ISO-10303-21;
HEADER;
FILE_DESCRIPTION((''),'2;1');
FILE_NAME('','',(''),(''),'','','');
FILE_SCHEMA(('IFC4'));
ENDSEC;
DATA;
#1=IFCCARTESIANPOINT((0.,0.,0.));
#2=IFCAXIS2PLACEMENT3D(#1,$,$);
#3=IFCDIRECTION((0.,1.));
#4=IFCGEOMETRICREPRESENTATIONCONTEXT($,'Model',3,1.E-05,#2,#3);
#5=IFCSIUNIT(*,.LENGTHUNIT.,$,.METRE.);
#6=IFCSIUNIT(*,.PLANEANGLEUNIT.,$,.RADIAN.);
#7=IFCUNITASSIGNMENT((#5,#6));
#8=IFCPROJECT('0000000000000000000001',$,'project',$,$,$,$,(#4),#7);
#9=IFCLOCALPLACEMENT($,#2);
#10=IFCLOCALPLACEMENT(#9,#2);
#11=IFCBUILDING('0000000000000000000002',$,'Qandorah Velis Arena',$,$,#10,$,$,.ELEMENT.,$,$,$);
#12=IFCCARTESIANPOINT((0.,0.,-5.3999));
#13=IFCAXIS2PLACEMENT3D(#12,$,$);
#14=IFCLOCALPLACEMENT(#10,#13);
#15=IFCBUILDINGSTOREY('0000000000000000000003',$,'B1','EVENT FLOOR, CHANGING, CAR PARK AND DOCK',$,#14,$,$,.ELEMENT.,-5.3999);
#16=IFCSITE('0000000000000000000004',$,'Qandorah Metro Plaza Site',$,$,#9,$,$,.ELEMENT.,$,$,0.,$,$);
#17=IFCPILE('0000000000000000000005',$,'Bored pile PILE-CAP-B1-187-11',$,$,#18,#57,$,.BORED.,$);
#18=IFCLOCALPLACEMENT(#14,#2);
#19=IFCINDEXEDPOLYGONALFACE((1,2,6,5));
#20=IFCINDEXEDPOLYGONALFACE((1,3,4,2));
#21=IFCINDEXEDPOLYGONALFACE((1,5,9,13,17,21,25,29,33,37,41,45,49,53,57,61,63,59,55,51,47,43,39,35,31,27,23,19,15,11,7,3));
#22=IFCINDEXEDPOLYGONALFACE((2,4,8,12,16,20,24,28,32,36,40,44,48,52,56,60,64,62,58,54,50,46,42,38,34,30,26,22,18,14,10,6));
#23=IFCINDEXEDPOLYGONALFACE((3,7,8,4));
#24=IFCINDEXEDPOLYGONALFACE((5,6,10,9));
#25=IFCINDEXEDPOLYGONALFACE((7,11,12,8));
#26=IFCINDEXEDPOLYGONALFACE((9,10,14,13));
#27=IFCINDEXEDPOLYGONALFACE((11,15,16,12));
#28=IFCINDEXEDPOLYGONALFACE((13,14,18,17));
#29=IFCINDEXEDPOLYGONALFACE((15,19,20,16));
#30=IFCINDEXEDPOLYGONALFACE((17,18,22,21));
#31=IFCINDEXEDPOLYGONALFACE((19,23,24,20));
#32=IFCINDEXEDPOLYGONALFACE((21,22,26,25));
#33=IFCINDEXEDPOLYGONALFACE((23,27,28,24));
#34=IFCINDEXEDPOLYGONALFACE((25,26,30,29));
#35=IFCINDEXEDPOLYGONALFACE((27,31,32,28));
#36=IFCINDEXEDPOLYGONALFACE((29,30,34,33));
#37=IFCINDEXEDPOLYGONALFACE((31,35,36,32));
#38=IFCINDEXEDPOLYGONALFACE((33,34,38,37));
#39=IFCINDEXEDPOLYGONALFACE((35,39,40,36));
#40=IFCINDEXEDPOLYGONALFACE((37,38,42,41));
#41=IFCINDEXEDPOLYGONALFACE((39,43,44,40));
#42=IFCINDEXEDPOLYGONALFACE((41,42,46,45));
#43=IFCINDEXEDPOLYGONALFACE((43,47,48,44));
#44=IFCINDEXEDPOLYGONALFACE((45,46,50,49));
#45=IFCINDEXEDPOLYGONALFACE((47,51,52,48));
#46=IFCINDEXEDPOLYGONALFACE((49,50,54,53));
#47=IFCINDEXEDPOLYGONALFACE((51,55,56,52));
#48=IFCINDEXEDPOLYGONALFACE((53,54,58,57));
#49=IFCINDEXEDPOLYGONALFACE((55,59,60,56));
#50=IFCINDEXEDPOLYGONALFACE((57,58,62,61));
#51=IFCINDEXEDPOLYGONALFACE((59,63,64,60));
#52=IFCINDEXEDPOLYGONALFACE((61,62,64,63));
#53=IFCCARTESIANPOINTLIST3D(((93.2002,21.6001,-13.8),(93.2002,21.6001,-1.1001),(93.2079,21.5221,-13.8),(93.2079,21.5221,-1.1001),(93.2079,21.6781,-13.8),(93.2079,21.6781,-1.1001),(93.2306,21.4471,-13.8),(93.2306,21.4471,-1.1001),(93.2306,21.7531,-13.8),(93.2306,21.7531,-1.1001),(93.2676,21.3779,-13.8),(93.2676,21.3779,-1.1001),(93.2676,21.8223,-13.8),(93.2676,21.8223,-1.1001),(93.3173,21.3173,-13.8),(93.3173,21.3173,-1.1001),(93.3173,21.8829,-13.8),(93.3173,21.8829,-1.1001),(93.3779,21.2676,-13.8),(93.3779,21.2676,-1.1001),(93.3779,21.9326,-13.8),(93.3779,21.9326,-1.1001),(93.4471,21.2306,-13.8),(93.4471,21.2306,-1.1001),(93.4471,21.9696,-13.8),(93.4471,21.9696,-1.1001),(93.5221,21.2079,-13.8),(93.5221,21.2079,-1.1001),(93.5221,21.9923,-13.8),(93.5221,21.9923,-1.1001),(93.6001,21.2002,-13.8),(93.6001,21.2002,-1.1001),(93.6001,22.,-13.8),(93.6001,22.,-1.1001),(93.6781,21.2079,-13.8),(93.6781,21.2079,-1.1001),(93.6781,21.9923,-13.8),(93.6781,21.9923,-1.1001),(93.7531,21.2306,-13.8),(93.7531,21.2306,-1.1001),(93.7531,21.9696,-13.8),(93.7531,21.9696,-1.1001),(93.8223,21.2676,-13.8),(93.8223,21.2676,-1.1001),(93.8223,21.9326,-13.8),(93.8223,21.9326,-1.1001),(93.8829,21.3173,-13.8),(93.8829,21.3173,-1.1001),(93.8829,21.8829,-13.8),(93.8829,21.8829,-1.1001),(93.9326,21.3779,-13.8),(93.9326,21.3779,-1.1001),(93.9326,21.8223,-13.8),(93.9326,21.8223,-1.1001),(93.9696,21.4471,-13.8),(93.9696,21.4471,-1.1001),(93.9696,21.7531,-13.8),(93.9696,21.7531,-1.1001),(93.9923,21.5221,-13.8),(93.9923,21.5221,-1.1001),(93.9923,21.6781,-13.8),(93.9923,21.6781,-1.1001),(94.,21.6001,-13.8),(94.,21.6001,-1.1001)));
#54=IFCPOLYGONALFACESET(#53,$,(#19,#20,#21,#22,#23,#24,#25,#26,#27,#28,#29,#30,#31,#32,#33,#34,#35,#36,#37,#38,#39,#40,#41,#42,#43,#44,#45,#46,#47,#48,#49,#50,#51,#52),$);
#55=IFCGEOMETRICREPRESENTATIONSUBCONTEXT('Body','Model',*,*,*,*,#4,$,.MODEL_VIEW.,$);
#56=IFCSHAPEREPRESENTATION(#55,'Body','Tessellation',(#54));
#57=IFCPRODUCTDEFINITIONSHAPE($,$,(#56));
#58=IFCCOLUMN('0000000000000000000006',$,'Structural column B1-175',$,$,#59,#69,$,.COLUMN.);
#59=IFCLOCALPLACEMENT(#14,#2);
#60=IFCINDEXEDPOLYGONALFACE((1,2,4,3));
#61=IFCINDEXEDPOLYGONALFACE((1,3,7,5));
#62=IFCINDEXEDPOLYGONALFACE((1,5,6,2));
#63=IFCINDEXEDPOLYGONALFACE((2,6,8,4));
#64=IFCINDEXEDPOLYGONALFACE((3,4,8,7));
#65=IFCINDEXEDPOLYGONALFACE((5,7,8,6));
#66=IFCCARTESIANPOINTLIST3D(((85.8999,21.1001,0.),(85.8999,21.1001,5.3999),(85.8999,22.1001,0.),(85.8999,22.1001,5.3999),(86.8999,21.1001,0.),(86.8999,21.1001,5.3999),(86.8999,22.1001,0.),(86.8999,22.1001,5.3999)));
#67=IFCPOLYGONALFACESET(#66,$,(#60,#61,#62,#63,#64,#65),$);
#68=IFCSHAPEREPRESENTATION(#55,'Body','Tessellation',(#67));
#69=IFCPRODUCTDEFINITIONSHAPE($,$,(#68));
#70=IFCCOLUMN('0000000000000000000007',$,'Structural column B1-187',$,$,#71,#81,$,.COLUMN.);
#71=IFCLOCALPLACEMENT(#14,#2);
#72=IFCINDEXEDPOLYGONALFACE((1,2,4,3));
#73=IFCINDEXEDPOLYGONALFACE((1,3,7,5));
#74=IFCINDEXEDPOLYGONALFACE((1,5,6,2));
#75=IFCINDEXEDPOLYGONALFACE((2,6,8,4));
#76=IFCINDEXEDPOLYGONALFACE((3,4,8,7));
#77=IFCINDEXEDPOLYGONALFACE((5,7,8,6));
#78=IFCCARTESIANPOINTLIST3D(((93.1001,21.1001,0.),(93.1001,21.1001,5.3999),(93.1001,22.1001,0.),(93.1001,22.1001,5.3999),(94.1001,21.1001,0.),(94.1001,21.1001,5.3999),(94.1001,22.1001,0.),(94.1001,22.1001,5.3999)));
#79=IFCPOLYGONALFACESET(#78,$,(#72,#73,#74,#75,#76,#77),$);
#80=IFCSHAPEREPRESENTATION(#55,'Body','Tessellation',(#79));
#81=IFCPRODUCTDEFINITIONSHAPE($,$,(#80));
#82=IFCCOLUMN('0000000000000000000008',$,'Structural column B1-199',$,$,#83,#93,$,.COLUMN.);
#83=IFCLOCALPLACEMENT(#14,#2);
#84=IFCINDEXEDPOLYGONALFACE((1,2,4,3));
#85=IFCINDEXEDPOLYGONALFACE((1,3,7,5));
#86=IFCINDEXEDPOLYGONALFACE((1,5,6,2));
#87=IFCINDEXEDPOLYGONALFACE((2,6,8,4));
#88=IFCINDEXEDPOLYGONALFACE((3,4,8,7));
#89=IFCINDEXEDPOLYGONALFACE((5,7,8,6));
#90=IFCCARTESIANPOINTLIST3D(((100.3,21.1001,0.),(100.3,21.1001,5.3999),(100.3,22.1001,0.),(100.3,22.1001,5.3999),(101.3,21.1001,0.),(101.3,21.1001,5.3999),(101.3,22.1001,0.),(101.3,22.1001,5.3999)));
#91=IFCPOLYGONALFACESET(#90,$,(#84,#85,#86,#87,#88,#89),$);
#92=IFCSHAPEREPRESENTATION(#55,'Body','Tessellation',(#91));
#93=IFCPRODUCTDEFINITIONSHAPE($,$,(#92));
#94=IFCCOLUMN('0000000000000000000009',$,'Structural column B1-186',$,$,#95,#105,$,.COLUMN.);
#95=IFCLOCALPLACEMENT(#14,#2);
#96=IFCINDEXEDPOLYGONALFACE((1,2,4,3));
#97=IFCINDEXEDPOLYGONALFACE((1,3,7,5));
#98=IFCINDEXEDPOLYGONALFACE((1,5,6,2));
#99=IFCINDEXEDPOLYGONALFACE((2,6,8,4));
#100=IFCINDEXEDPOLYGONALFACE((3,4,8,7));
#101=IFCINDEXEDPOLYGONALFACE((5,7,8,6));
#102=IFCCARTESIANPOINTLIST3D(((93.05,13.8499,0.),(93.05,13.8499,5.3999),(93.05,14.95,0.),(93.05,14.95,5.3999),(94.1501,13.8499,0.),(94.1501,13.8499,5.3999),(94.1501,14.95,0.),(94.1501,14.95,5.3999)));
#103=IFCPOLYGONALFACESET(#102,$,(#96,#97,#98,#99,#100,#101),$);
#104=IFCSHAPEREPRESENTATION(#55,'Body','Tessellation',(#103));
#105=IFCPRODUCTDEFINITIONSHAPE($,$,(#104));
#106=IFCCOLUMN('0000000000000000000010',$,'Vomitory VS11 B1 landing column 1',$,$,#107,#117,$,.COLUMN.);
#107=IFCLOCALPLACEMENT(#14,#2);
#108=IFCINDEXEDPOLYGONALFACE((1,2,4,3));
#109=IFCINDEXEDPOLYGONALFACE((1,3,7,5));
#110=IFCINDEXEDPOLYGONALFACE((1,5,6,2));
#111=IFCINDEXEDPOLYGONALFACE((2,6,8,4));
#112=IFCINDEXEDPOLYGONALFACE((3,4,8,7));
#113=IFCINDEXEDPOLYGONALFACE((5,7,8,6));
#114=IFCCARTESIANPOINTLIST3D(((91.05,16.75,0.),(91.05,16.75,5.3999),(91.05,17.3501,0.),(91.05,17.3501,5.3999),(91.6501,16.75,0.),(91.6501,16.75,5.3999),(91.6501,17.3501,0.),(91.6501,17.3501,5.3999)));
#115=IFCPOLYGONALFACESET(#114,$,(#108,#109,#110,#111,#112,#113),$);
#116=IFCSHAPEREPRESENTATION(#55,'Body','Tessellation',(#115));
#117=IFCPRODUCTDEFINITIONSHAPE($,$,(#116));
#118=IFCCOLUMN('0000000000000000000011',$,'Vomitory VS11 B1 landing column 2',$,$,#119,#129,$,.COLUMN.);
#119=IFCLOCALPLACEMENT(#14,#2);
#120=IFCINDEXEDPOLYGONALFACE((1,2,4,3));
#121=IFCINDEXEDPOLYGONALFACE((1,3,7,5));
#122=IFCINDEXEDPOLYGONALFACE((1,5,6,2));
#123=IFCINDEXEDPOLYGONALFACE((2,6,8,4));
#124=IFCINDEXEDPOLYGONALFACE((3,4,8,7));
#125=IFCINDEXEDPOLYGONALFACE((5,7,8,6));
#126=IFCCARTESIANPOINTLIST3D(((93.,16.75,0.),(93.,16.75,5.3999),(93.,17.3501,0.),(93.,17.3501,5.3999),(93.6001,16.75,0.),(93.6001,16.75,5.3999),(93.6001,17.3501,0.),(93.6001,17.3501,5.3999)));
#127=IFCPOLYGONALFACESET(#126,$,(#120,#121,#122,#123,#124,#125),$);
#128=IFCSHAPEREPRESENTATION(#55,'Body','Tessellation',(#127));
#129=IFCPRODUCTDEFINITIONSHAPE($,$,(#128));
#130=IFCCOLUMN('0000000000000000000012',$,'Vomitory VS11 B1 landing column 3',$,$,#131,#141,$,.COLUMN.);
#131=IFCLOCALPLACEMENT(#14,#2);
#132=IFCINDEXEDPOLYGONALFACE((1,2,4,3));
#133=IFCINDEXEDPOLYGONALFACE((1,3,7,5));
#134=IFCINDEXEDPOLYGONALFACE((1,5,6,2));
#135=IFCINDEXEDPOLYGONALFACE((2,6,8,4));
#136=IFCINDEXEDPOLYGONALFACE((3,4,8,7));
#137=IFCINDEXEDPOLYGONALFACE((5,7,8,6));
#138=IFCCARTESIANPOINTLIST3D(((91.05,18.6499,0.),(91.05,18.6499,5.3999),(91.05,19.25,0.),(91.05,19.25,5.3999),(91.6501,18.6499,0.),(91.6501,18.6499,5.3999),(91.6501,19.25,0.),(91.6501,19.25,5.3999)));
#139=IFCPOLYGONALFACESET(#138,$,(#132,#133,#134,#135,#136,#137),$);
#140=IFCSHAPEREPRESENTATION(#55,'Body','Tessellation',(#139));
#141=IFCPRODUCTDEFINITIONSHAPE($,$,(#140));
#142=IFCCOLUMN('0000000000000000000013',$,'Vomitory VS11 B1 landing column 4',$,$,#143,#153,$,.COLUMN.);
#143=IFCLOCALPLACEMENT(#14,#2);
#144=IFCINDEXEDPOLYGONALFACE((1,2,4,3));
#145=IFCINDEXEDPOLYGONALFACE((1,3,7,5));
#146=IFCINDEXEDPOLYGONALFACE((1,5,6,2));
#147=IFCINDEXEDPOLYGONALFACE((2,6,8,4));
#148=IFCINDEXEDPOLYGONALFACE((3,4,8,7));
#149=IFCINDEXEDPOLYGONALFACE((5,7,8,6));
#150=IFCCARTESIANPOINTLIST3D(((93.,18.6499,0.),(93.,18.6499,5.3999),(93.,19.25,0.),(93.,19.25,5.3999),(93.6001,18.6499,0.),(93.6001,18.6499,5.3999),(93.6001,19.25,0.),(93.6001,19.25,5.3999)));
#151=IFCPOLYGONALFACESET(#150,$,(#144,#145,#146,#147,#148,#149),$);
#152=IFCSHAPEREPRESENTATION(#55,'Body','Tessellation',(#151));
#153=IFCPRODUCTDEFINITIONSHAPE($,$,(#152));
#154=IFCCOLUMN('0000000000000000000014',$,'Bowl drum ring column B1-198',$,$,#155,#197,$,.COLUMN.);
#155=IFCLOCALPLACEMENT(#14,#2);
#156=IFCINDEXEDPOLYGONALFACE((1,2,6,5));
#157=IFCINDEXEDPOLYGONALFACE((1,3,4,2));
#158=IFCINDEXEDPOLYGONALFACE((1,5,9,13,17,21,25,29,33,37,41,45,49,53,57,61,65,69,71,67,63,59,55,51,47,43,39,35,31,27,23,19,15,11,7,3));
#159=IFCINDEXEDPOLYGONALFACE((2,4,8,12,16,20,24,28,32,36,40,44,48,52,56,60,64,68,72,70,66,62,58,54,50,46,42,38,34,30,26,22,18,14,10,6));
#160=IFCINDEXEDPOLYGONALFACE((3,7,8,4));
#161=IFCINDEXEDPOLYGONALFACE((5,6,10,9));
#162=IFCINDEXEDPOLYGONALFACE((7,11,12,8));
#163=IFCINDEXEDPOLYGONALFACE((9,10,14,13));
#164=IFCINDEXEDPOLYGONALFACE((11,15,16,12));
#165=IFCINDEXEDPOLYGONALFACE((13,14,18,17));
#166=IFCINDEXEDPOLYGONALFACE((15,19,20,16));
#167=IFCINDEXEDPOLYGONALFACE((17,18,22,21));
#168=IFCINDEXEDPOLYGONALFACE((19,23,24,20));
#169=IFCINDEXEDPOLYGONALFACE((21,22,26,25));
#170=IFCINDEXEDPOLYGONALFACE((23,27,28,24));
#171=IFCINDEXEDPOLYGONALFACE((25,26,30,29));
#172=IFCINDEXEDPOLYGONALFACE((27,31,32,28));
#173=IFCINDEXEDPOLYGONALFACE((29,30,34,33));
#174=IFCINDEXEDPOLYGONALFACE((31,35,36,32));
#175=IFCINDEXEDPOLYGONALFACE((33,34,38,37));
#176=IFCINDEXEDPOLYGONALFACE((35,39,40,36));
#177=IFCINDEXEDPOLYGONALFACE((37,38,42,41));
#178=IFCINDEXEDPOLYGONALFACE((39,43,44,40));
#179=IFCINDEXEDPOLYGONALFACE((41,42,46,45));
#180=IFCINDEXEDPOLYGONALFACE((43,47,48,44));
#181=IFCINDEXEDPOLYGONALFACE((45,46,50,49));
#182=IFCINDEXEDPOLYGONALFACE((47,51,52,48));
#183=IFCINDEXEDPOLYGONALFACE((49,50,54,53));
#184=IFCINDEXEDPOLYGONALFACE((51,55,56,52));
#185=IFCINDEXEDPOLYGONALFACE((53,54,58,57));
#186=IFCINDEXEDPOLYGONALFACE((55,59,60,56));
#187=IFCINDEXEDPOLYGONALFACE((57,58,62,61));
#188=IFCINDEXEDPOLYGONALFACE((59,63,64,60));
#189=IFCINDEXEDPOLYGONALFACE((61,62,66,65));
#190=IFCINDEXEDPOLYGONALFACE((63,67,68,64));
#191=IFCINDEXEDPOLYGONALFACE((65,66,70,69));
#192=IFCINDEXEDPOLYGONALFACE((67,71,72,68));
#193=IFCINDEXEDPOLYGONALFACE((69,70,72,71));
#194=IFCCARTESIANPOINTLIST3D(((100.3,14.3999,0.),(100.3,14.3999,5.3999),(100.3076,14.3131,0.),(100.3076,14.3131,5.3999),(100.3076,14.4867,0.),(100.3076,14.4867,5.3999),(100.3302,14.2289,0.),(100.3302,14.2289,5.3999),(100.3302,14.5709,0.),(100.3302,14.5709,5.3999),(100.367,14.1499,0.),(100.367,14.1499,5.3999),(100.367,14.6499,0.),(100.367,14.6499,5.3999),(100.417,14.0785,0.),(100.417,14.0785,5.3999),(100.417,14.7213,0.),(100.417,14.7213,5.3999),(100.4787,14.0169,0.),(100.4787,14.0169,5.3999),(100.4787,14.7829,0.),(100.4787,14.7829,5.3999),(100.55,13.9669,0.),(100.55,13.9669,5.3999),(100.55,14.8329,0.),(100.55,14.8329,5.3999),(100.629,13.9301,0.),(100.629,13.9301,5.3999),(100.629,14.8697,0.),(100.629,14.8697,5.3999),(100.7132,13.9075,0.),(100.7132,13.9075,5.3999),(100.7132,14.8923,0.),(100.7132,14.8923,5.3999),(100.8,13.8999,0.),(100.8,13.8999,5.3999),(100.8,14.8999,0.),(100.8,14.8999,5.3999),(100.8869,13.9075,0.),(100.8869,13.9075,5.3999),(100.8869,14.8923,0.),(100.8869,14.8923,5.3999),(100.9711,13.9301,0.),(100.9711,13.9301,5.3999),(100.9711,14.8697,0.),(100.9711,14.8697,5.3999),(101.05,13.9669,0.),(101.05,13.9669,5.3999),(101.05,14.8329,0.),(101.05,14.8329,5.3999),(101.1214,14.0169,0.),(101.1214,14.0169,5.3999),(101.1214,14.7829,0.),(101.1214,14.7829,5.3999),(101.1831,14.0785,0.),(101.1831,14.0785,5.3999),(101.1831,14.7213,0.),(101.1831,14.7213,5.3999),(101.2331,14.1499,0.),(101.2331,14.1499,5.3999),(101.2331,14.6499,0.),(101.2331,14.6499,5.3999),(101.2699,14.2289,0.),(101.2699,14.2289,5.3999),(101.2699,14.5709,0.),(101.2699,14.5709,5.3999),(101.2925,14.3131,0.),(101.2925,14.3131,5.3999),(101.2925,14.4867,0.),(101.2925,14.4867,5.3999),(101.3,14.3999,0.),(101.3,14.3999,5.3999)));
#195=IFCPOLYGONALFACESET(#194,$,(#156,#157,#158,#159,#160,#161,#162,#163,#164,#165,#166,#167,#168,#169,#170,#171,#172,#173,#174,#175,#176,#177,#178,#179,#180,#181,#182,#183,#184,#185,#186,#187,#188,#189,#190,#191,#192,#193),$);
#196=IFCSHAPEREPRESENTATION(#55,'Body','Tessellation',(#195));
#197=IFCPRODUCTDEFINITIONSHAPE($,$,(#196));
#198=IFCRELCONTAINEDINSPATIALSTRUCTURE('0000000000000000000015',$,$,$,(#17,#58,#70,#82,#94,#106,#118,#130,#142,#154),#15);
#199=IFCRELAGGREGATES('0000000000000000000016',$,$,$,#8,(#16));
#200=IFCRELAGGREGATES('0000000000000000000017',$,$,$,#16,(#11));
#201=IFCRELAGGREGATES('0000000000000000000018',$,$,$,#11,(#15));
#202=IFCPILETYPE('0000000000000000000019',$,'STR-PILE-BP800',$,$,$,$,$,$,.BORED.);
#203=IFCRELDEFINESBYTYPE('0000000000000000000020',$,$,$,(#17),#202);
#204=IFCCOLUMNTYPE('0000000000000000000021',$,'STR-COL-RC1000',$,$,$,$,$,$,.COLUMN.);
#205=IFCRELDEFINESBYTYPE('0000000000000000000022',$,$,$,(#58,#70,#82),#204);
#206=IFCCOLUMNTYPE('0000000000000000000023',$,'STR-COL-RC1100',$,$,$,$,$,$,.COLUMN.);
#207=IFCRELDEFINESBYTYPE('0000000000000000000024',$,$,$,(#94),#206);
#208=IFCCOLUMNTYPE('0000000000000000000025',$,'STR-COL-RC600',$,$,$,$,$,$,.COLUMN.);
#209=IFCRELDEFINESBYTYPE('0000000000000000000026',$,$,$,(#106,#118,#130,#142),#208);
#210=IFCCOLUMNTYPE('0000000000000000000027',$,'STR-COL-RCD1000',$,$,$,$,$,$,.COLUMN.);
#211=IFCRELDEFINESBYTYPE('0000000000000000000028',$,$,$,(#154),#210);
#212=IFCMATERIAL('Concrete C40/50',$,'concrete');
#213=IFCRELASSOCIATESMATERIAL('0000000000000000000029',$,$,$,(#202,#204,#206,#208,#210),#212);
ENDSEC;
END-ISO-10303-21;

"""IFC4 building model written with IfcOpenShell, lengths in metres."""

from ifc_helpers import new_model, si_unit, direction, frame, origin, origin_2d, place, context, subcontext, project, spatial, rectangle, circle, extrude, material, material_profile, profile_set, type_object, element, save


model = new_model("IFC4")

# Units and contexts
model_context = context("Model", 3, precision=1e-05, world=origin(), true_north=direction((0.0, 1.0)))
body_context = subcontext(model_context, "Body", "Model", "MODEL_VIEW")
ifc_project = project(units=[si_unit("LENGTHUNIT", "METRE"), si_unit("PLANEANGLEUNIT", "RADIAN")], contexts=[model_context])

# Site, building, storey
site_placement = place(None, origin())
site = spatial("IfcSite", under=ifc_project, at=site_placement, Name="Qandorah Metro Plaza Site", CompositionType="ELEMENT", RefElevation=0.0)
building_placement = place(site_placement, origin())
building = spatial("IfcBuilding", under=site, at=building_placement, Name="Qandorah Velis Arena", CompositionType="ELEMENT")
storey_placement = place(building_placement, frame((0.0, 0.0, -5.3999)))
storey = spatial("IfcBuildingStorey", under=building, at=storey_placement, Name="B1", Description="EVENT FLOOR, CHANGING, CAR PARK AND DOCK", CompositionType="ELEMENT", Elevation=-5.3999)

# Shared definitions
ifc_material_1 = material(Name="Concrete C40/50", Category="concrete")

# Pile
ifc_material_profile_1 = material_profile(ifc_material_1, circle(Radius=0.3999, at=origin_2d()), Name="BORED PILE D800")
ifc_profile_set_1 = profile_set([ifc_material_profile_1], Name="Concrete C40/50")
pile_type_1 = type_object("IfcPileType", Name="STR-PILE-BP800", PredefinedType="BORED", material=ifc_profile_set_1)
pile_1_placement = place(storey_placement, frame((93.6001, 21.6001, -1.1001), z_axis=(0.0, 0.0, -1.0), x_axis=(1.0, 0.0, 0.0)))
element("IfcPile", 1, at=pile_1_placement, inside=storey, type_object=pile_type_1, Name="Bored pile PILE-CAP-B1-187-11", PredefinedType="BORED", context=body_context, shape_type="SweptSolid", body=[
    extrude(circle(Radius=0.3999, at=origin_2d()), origin(), (0.0, 0.0, 1.0), 12.7),
])

# Columns
ifc_material_profile_2 = material_profile(ifc_material_1, rectangle(XDim=1.0, YDim=1.0, at=origin_2d()), Name="RC COL 1000x1000")
ifc_profile_set_2 = profile_set([ifc_material_profile_2], Name="Concrete C40/50")
column_type_1 = type_object("IfcColumnType", Name="STR-COL-RC1000", PredefinedType="COLUMN", material=ifc_profile_set_2)
for number, where, z_axis, x_axis, name in (
    (2, (86.3999, 21.6001, 0.0), (0.0, 0.0, 1.0), (1.0, 0.0, 0.0), "Structural column B1-175"),
    (3, (93.6001, 21.6001, 0.0), (0.0, 0.0, 1.0), (1.0, 0.0, 0.0), "Structural column B1-187"),
    (4, (100.8, 21.6001, 0.0), (0.0, 0.0, 1.0), (1.0, 0.0, 0.0), "Structural column B1-199"),
):
    element("IfcColumn", number, at=place(storey_placement, frame(where, z_axis=z_axis, x_axis=x_axis)), inside=storey, type_object=column_type_1, Name=name, PredefinedType="COLUMN", context=body_context, shape_type="SweptSolid", body=[
        extrude(rectangle(XDim=1.0, YDim=1.0, at=origin_2d()), origin(), (0.0, 0.0, 1.0), 5.3999),
    ])
ifc_material_profile_3 = material_profile(ifc_material_1, rectangle(XDim=1.1001, YDim=1.1001, at=origin_2d()), Name="RC COL 1100x1100")
ifc_profile_set_3 = profile_set([ifc_material_profile_3], Name="Concrete C40/50")
column_type_2 = type_object("IfcColumnType", Name="STR-COL-RC1100", PredefinedType="COLUMN", material=ifc_profile_set_3)
column_1_placement = place(storey_placement, frame((93.6001, 14.3999, 0.0), z_axis=(0.0, 0.0, 1.0), x_axis=(1.0, 0.0, 0.0)))
element("IfcColumn", 5, at=column_1_placement, inside=storey, type_object=column_type_2, Name="Structural column B1-186", PredefinedType="COLUMN", context=body_context, shape_type="SweptSolid", body=[
    extrude(rectangle(XDim=1.1001, YDim=1.1001, at=origin_2d()), origin(), (0.0, 0.0, 1.0), 5.3999),
])
ifc_material_profile_4 = material_profile(ifc_material_1, rectangle(XDim=0.6001, YDim=0.6001, at=origin_2d()), Name="RC COL 600x600")
ifc_profile_set_4 = profile_set([ifc_material_profile_4], Name="Concrete C40/50")
column_type_3 = type_object("IfcColumnType", Name="STR-COL-RC600", PredefinedType="COLUMN", material=ifc_profile_set_4)
for number, where, z_axis, x_axis, name in (
    (6, (91.3501, 17.05, 0.0), (0.0, 0.0, 1.0), (1.0, 0.0, 0.0), "Vomitory VS11 B1 landing column 1"),
    (7, (93.3, 17.05, 0.0), (0.0, 0.0, 1.0), (1.0, 0.0, 0.0), "Vomitory VS11 B1 landing column 2"),
    (8, (91.3501, 18.95, 0.0), (0.0, 0.0, 1.0), (1.0, 0.0, 0.0), "Vomitory VS11 B1 landing column 3"),
    (9, (93.3, 18.95, 0.0), (0.0, 0.0, 1.0), (1.0, 0.0, 0.0), "Vomitory VS11 B1 landing column 4"),
):
    element("IfcColumn", number, at=place(storey_placement, frame(where, z_axis=z_axis, x_axis=x_axis)), inside=storey, type_object=column_type_3, Name=name, PredefinedType="COLUMN", context=body_context, shape_type="SweptSolid", body=[
        extrude(rectangle(XDim=0.6001, YDim=0.6001, at=origin_2d()), origin(), (0.0, 0.0, 1.0), 5.3999),
    ])
ifc_material_profile_5 = material_profile(ifc_material_1, circle(Radius=0.5, at=origin_2d()), Name="RC D1000")
ifc_profile_set_5 = profile_set([ifc_material_profile_5], Name="Concrete C40/50")
column_type_4 = type_object("IfcColumnType", Name="STR-COL-RCD1000", PredefinedType="COLUMN", material=ifc_profile_set_5)
column_2_placement = place(storey_placement, frame((100.8, 14.3999, 0.0), z_axis=(0.0, 0.0, 1.0), x_axis=(1.0, 0.0, 0.0)))
element("IfcColumn", 10, at=column_2_placement, inside=storey, type_object=column_type_4, Name="Bowl drum ring column B1-198", PredefinedType="COLUMN", context=body_context, shape_type="SweptSolid", body=[
    extrude(circle(Radius=0.5, at=origin_2d()), origin(), (0.0, 0.0, 1.0), 5.3999),
])

save(model, "model.ifc")
